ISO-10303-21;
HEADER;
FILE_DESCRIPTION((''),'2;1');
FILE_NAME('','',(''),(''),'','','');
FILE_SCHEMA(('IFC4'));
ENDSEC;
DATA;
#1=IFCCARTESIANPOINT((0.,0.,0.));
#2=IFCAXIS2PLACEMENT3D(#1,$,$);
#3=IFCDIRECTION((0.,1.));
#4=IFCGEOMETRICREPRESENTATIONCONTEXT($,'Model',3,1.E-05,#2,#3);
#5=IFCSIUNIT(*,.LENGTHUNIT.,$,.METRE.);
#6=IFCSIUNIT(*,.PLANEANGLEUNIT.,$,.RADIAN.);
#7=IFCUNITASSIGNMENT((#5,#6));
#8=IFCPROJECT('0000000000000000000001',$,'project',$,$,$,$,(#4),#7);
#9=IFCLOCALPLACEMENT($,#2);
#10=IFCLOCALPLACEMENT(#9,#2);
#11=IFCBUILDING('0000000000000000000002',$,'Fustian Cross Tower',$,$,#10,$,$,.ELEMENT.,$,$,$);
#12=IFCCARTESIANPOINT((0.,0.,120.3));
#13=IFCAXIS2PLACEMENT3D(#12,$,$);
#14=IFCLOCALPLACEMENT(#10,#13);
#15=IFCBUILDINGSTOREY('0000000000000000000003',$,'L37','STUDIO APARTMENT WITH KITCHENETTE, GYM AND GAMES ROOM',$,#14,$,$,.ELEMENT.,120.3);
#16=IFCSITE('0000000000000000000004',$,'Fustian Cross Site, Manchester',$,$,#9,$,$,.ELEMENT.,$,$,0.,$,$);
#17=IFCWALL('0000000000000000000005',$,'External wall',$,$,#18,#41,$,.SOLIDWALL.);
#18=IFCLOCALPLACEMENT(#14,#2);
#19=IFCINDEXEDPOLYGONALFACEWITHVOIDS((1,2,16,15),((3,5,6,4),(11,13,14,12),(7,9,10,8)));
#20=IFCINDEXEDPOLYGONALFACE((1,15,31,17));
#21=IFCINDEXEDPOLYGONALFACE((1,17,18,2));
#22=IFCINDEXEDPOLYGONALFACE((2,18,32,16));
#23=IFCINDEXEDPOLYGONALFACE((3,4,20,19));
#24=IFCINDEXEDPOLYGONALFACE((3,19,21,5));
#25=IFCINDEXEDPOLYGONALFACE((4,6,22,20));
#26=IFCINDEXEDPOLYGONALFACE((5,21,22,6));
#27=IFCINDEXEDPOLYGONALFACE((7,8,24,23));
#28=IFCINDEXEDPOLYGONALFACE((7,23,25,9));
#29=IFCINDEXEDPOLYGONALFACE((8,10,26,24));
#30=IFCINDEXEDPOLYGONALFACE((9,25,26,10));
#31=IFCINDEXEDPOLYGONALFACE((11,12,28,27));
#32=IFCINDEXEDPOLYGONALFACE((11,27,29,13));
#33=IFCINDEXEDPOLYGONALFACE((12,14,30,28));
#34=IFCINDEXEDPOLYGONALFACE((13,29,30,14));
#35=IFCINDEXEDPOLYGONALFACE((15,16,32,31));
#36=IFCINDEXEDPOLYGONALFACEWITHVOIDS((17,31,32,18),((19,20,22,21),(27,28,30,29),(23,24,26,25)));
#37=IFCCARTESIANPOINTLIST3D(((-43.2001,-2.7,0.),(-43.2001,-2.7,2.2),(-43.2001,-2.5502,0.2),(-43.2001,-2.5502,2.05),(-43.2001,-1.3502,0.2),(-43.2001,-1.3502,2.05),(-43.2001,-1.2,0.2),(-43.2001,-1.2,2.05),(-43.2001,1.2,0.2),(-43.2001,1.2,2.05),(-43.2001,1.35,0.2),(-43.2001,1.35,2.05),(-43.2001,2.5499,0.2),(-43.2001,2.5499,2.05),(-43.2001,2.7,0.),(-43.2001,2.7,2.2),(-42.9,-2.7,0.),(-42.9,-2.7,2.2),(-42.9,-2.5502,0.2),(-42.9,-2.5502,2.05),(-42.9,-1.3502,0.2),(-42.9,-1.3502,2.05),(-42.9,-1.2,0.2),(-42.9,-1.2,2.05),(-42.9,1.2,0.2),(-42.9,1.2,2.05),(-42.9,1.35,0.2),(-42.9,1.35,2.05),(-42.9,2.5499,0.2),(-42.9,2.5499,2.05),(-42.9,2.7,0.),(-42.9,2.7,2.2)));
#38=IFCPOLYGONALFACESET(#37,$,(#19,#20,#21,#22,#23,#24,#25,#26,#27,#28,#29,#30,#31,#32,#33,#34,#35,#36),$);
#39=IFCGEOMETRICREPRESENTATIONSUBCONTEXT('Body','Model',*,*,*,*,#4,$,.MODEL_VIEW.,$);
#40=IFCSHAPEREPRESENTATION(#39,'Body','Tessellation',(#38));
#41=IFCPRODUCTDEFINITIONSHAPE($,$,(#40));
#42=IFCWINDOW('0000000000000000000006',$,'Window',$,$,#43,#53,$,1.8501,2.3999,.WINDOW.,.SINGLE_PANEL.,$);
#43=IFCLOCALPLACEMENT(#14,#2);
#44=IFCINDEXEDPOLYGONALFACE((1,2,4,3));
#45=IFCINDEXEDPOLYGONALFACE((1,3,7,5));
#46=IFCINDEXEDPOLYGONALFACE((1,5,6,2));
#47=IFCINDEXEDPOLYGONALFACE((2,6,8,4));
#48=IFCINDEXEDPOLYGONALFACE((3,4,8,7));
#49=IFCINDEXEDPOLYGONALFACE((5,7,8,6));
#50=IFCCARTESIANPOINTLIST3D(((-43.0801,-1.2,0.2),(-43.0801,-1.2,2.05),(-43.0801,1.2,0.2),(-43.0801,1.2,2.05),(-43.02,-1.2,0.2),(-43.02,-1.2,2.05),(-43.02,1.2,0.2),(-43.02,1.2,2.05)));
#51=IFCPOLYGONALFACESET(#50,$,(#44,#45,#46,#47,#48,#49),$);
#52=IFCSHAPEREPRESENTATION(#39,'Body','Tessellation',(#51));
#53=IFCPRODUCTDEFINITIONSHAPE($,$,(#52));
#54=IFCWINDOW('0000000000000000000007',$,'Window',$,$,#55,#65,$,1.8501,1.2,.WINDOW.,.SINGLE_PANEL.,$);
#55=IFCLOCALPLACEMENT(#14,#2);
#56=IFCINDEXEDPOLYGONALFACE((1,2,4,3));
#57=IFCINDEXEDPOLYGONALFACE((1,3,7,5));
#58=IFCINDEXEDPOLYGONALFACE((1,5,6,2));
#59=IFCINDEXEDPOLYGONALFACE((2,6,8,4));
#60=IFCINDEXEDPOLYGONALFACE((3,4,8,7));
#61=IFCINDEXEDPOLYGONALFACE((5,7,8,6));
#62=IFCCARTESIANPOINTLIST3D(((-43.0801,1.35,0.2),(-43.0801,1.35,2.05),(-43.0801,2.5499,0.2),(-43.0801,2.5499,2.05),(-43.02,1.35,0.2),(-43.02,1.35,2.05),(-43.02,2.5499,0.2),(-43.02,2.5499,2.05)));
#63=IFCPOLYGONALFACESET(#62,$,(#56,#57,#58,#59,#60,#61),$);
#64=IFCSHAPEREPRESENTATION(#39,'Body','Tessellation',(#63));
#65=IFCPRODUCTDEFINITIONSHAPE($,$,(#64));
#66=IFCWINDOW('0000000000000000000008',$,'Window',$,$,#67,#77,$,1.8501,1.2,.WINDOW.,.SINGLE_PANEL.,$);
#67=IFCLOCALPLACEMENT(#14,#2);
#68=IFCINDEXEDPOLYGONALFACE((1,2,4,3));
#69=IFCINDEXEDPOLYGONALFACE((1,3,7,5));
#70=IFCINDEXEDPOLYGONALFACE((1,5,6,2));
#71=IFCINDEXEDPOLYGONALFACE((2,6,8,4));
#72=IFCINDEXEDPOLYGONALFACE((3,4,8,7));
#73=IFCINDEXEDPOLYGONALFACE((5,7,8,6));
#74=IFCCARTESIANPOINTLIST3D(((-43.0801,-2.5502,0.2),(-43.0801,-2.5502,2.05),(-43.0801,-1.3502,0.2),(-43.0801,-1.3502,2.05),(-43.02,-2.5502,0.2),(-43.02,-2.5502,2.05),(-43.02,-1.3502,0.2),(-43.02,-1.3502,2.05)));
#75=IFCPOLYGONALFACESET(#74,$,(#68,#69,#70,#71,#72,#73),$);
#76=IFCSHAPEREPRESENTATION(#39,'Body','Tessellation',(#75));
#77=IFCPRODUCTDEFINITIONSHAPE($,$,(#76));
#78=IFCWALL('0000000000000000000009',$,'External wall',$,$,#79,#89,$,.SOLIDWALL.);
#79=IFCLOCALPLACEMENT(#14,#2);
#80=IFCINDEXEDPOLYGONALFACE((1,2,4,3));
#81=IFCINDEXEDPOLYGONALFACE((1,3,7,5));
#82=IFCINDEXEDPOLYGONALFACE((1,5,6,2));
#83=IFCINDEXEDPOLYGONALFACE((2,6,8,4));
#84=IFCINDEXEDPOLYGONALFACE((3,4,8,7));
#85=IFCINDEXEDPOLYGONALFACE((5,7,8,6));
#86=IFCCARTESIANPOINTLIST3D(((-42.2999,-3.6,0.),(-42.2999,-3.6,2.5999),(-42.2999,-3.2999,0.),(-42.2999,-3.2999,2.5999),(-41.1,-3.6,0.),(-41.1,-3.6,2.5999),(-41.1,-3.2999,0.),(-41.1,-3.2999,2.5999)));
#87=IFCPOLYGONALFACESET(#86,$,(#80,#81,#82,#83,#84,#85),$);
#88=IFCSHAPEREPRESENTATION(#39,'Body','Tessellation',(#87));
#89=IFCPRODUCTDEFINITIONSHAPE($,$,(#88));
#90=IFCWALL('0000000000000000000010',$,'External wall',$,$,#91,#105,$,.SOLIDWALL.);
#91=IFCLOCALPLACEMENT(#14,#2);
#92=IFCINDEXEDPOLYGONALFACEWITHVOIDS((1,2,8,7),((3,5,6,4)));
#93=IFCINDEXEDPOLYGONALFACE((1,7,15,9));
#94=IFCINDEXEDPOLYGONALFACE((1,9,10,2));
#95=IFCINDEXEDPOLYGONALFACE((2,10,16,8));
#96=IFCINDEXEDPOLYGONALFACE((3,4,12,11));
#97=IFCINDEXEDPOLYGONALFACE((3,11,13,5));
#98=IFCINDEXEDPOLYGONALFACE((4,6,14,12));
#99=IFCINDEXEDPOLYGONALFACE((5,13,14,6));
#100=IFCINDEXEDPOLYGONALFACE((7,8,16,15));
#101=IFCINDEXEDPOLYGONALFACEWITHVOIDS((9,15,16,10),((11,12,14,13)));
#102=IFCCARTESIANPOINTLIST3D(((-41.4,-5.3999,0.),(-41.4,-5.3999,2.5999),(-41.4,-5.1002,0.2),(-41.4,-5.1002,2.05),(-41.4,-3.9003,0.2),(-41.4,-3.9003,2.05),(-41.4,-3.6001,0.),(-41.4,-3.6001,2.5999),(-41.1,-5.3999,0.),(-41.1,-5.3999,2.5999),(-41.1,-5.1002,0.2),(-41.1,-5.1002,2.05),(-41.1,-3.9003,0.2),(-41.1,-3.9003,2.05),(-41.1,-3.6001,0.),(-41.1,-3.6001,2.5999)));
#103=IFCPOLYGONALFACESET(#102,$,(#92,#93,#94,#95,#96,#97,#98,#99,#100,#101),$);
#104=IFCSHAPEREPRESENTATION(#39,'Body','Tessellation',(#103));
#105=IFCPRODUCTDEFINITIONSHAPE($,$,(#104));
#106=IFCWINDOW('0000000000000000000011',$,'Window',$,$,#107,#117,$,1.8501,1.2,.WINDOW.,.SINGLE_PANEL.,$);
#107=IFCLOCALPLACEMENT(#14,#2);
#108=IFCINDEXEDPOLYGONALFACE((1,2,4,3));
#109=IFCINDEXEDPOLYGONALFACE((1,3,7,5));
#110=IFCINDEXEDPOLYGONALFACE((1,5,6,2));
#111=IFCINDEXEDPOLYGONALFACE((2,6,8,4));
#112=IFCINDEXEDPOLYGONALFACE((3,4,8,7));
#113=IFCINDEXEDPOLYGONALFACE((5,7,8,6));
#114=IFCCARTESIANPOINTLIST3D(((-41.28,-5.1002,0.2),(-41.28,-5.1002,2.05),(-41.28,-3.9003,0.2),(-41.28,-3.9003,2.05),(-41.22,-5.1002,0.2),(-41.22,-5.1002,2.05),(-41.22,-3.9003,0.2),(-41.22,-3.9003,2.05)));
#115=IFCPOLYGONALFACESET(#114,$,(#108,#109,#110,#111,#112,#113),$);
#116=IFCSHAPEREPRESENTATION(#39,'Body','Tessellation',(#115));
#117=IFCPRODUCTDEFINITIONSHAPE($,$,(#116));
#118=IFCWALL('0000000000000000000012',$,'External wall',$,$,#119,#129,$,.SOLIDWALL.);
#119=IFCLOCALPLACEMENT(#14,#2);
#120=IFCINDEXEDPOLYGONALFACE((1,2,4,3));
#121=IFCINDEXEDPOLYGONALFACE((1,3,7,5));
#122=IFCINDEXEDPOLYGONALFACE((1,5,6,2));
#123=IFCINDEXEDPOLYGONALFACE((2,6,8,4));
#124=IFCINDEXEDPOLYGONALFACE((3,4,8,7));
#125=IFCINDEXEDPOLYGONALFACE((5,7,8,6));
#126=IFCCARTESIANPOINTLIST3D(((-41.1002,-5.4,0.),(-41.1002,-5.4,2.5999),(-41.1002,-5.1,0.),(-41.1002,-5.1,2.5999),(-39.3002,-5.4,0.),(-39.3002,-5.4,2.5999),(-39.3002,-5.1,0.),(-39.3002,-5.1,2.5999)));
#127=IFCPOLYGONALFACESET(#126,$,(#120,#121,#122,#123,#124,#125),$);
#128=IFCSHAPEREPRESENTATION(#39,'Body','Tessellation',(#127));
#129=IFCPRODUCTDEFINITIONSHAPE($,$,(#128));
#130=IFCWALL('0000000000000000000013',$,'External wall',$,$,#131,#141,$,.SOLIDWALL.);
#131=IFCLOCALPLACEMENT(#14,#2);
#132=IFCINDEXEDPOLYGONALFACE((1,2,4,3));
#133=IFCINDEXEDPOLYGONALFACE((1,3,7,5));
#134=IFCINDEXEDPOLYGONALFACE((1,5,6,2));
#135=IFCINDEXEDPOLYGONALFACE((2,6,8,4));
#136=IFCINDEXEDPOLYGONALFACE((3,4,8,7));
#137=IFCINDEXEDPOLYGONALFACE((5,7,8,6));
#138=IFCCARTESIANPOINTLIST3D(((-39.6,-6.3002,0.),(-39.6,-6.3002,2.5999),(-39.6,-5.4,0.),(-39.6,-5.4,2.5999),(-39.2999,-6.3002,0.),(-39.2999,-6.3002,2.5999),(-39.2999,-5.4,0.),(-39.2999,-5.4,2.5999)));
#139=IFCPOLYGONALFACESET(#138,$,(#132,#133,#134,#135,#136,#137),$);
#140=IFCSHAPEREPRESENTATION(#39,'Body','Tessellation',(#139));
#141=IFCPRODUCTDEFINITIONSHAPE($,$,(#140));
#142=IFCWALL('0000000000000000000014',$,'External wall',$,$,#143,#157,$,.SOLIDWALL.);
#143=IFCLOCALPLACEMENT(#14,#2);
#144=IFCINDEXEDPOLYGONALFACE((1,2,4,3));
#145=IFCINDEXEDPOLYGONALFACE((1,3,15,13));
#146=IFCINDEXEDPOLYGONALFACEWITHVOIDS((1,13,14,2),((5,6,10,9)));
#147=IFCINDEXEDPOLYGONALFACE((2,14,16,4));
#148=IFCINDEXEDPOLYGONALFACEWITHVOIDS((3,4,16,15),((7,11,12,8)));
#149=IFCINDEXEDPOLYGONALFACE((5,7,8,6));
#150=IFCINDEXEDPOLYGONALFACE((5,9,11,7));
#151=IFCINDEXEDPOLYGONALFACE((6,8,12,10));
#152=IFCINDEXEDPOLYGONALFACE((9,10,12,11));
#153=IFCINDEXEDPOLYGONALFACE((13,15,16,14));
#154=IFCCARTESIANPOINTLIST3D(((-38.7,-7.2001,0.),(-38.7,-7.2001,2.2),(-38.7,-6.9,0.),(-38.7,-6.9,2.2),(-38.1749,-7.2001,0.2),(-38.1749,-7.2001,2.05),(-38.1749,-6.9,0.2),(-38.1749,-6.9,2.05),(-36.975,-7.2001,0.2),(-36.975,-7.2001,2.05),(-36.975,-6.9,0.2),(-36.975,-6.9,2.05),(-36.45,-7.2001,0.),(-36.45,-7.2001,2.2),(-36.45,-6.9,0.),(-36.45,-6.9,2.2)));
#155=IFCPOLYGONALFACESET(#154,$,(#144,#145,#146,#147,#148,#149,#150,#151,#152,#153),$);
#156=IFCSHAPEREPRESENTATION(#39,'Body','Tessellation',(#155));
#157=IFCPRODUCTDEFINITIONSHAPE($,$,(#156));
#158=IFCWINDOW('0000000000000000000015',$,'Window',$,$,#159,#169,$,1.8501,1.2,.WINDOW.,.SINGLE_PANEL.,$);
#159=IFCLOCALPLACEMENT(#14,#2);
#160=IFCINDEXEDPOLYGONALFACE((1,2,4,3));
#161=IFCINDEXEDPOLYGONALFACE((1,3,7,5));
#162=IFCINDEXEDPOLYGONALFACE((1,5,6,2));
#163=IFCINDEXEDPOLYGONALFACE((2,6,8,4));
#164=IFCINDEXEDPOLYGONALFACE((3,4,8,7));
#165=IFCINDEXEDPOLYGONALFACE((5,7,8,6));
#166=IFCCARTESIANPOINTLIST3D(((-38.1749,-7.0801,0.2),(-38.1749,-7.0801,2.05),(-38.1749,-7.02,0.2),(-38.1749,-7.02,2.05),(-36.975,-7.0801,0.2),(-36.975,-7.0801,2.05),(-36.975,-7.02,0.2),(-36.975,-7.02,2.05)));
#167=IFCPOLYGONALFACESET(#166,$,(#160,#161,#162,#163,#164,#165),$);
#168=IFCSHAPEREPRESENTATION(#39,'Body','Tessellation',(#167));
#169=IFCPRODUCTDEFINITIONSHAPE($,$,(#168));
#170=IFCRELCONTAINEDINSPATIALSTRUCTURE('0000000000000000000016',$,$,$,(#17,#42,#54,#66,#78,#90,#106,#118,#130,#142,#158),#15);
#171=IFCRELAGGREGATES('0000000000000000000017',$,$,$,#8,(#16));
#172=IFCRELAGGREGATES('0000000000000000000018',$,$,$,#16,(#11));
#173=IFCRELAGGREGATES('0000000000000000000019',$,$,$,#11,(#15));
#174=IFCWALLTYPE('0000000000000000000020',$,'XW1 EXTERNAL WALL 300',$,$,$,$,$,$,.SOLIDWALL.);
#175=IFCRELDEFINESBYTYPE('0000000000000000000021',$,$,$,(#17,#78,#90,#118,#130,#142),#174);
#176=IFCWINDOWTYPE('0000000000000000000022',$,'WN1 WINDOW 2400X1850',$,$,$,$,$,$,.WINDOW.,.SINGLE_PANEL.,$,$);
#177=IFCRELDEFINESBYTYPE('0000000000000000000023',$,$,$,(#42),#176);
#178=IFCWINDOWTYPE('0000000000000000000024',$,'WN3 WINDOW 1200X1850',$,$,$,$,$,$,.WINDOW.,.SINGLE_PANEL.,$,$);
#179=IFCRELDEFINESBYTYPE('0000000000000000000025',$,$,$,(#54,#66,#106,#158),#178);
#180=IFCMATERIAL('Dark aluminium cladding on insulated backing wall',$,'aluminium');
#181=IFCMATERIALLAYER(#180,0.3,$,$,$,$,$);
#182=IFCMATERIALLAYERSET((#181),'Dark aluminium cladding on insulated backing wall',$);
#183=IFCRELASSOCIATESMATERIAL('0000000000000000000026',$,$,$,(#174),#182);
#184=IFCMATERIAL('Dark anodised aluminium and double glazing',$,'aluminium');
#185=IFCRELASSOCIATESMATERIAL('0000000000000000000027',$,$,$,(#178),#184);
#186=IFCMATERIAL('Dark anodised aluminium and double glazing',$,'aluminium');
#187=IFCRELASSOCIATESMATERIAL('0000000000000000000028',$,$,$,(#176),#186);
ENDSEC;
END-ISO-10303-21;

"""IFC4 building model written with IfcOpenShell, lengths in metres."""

from ifc_helpers import new_model, si_unit, direction, frame, frame_2d, origin, place, context, subcontext, project, spatial, rectangle, extrude, material, layer, layer_set, type_object, element, fill, save


model = new_model("IFC4")

# Units and contexts
model_context = context("Model", 3, precision=1e-05, world=origin(), true_north=direction((0.0, 1.0)))
body_context = subcontext(model_context, "Body", "Model", "MODEL_VIEW")
ifc_project = project(units=[si_unit("LENGTHUNIT", "METRE"), si_unit("PLANEANGLEUNIT", "RADIAN")], contexts=[model_context])

# Site, building, storey
site_placement = place(None, origin())
site = spatial("IfcSite", under=ifc_project, at=site_placement, Name="Fustian Cross Site, Manchester", CompositionType="ELEMENT", RefElevation=0.0)
building_placement = place(site_placement, origin())
building = spatial("IfcBuilding", under=site, at=building_placement, Name="Fustian Cross Tower", CompositionType="ELEMENT")
storey_placement = place(building_placement, frame((0.0, 0.0, 120.3)))
storey = spatial("IfcBuildingStorey", under=building, at=storey_placement, Name="L37", Description="STUDIO APARTMENT WITH KITCHENETTE, GYM AND GAMES ROOM", CompositionType="ELEMENT", Elevation=120.3)

# Shared definitions
ifc_material_1 = material(Name="Dark aluminium cladding on insulated backing wall", Category="aluminium")
ifc_layer_1 = layer(ifc_material_1, 0.3)
ifc_layer_set_1 = layer_set([ifc_layer_1], Name="Dark aluminium cladding on insulated backing wall")
wall_type_1 = type_object("IfcWallType", Name="XW1 EXTERNAL WALL 300", PredefinedType="SOLIDWALL", material=ifc_layer_set_1)

# Shared definitions
ifc_material_2 = material(Name="Dark anodised aluminium and double glazing", Category="aluminium")
window_type_1 = type_object("IfcWindowType", Name="WN3 WINDOW 1200X1850", PartitioningType="SINGLE_PANEL", PredefinedType="WINDOW", material=ifc_material_2)

# Wall, openings, windows
wall_1_placement = place(storey_placement, frame((-43.05, 2.7, 0.0), z_axis=(0.0, 0.0, 1.0), x_axis=(0.0, -1.0, 0.0)))
wall_1 = element("IfcWall", 1, at=wall_1_placement, inside=storey, type_object=wall_type_1, Name="External wall", PredefinedType="SOLIDWALL", context=body_context, shape_type="SweptSolid", body=[
    extrude(rectangle(XDim=5.3999, YDim=0.3, at=frame_2d((2.7, 0.0))), origin(), (0.0, 0.0, 1.0), 2.2),
])
opening_1_placement = place(wall_1_placement, frame((1.5, 0.0, 0.2)))
opening_1 = element("IfcOpeningElement", 2, at=opening_1_placement, cuts=wall_1, PredefinedType="OPENING", context=body_context, shape_type="SweptSolid", body=[
    extrude(rectangle(XDim=2.3999, YDim=1.8501, at=frame_2d((1.2, 0.925))), frame((0.0, 0.1599, 0.0), z_axis=(0.0, -1.0, 0.0), x_axis=(1.0, 0.0, 0.0)), (0.0, 0.0, 1.0), 0.3201),
])
opening_2_placement = place(wall_1_placement, frame((0.1499, 0.0, 0.2)))
opening_2 = element("IfcOpeningElement", 3, at=opening_2_placement, cuts=wall_1, PredefinedType="OPENING", context=body_context, shape_type="SweptSolid", body=[
    extrude(rectangle(XDim=1.2, YDim=1.8501, at=frame_2d((0.6001, 0.925))), frame((0.0, 0.1599, 0.0), z_axis=(0.0, -1.0, 0.0), x_axis=(1.0, 0.0, 0.0)), (0.0, 0.0, 1.0), 0.3201),
])
opening_3_placement = place(wall_1_placement, frame((4.05, 0.0, 0.2)))
opening_3 = element("IfcOpeningElement", 4, at=opening_3_placement, cuts=wall_1, PredefinedType="OPENING", context=body_context, shape_type="SweptSolid", body=[
    extrude(rectangle(XDim=1.2, YDim=1.8501, at=frame_2d((0.6001, 0.925))), frame((0.0, 0.1599, 0.0), z_axis=(0.0, -1.0, 0.0), x_axis=(1.0, 0.0, 0.0)), (0.0, 0.0, 1.0), 0.3201),
])
ifc_material_3 = material(Name="Dark anodised aluminium and double glazing", Category="aluminium")
window_type_2 = type_object("IfcWindowType", Name="WN1 WINDOW 2400X1850", PartitioningType="SINGLE_PANEL", PredefinedType="WINDOW", material=ifc_material_3)
window_1_placement = place(opening_1_placement, origin())
window_1 = element("IfcWindow", 5, at=window_1_placement, inside=storey, type_object=window_type_2, Name="Window", OverallHeight=1.8501, OverallWidth=2.3999, PartitioningType="SINGLE_PANEL", PredefinedType="WINDOW", context=body_context, shape_type="SweptSolid", body=[
    extrude(rectangle(XDim=2.3999, YDim=1.8501, at=frame_2d((1.2, 0.925))), frame((0.0, 0.03, 0.0), z_axis=(0.0, -1.0, 0.0), x_axis=(1.0, 0.0, 0.0)), (0.0, 0.0, 1.0), 0.0601),
])
fill(opening_1, window_1)
window_2_placement = place(opening_2_placement, origin())
window_2 = element("IfcWindow", 6, at=window_2_placement, inside=storey, type_object=window_type_1, Name="Window", OverallHeight=1.8501, OverallWidth=1.2, PartitioningType="SINGLE_PANEL", PredefinedType="WINDOW", context=body_context, shape_type="SweptSolid", body=[
    extrude(rectangle(XDim=1.2, YDim=1.8501, at=frame_2d((0.6001, 0.925))), frame((0.0, 0.03, 0.0), z_axis=(0.0, -1.0, 0.0), x_axis=(1.0, 0.0, 0.0)), (0.0, 0.0, 1.0), 0.0601),
])
fill(opening_2, window_2)
window_3_placement = place(opening_3_placement, origin())
window_3 = element("IfcWindow", 7, at=window_3_placement, inside=storey, type_object=window_type_1, Name="Window", OverallHeight=1.8501, OverallWidth=1.2, PartitioningType="SINGLE_PANEL", PredefinedType="WINDOW", context=body_context, shape_type="SweptSolid", body=[
    extrude(rectangle(XDim=1.2, YDim=1.8501, at=frame_2d((0.6001, 0.925))), frame((0.0, 0.03, 0.0), z_axis=(0.0, -1.0, 0.0), x_axis=(1.0, 0.0, 0.0)), (0.0, 0.0, 1.0), 0.0601),
])
fill(opening_3, window_3)

# Wall
wall_2_placement = place(storey_placement, frame((-42.3, -3.45, 0.0), z_axis=(0.0, 0.0, 1.0), x_axis=(1.0, 0.0, 0.0)))
element("IfcWall", 8, at=wall_2_placement, inside=storey, type_object=wall_type_1, Name="External wall", PredefinedType="SOLIDWALL", context=body_context, shape_type="SweptSolid", body=[
    extrude(rectangle(XDim=1.2, YDim=0.3, at=frame_2d((0.6001, 0.0))), origin(), (0.0, 0.0, 1.0), 2.5999),
])

# Wall, opening, window
wall_3_placement = place(storey_placement, frame((-41.25, -3.6001, 0.0), z_axis=(0.0, 0.0, 1.0), x_axis=(0.0, -1.0, 0.0)))
wall_3 = element("IfcWall", 9, at=wall_3_placement, inside=storey, type_object=wall_type_1, Name="External wall", PredefinedType="SOLIDWALL", context=body_context, shape_type="SweptSolid", body=[
    extrude(rectangle(XDim=1.7998, YDim=0.3, at=frame_2d((0.8999, 0.0))), origin(), (0.0, 0.0, 1.0), 2.5999),
])
opening_4_placement = place(wall_3_placement, frame((0.3, 0.0, 0.2)))
opening_4 = element("IfcOpeningElement", 10, at=opening_4_placement, cuts=wall_3, PredefinedType="OPENING", context=body_context, shape_type="SweptSolid", body=[
    extrude(rectangle(XDim=1.2, YDim=1.8501, at=frame_2d((0.6001, 0.925))), frame((0.0, 0.1599, 0.0), z_axis=(0.0, -1.0, 0.0), x_axis=(1.0, 0.0, 0.0)), (0.0, 0.0, 1.0), 0.3201),
])
window_4_placement = place(opening_4_placement, origin())
window_4 = element("IfcWindow", 11, at=window_4_placement, inside=storey, type_object=window_type_1, Name="Window", OverallHeight=1.8501, OverallWidth=1.2, PartitioningType="SINGLE_PANEL", PredefinedType="WINDOW", context=body_context, shape_type="SweptSolid", body=[
    extrude(rectangle(XDim=1.2, YDim=1.8501, at=frame_2d((0.6001, 0.925))), frame((0.0, 0.03, 0.0), z_axis=(0.0, -1.0, 0.0), x_axis=(1.0, 0.0, 0.0)), (0.0, 0.0, 1.0), 0.0601),
])
fill(opening_4, window_4)

# Walls
wall_4_placement = place(storey_placement, frame((-41.1001, -5.25, 0.0), z_axis=(0.0, 0.0, 1.0), x_axis=(1.0, 0.0, 0.0)))
element("IfcWall", 12, at=wall_4_placement, inside=storey, type_object=wall_type_1, Name="External wall", PredefinedType="SOLIDWALL", context=body_context, shape_type="SweptSolid", body=[
    extrude(rectangle(XDim=1.8, YDim=0.3, at=frame_2d((0.8999, 0.0))), origin(), (0.0, 0.0, 1.0), 2.5999),
])
wall_5_placement = place(storey_placement, frame((-39.45, -5.3999, 0.0), z_axis=(0.0, 0.0, 1.0), x_axis=(0.0, -1.0, 0.0)))
element("IfcWall", 13, at=wall_5_placement, inside=storey, type_object=wall_type_1, Name="External wall", PredefinedType="SOLIDWALL", context=body_context, shape_type="SweptSolid", body=[
    extrude(rectangle(XDim=0.9001, YDim=0.3, at=frame_2d((0.4502, 0.0))), origin(), (0.0, 0.0, 1.0), 2.5999),
])

# Wall, opening, window
wall_6_placement = place(storey_placement, frame((-38.7, -7.05, 0.0), z_axis=(0.0, 0.0, 1.0), x_axis=(1.0, 0.0, 0.0)))
wall_6 = element("IfcWall", 14, at=wall_6_placement, inside=storey, type_object=wall_type_1, Name="External wall", PredefinedType="SOLIDWALL", context=body_context, shape_type="SweptSolid", body=[
    extrude(rectangle(XDim=2.25, YDim=0.3, at=frame_2d((1.125, 0.0))), origin(), (0.0, 0.0, 1.0), 2.2),
])
opening_5_placement = place(wall_6_placement, frame((0.5249, 0.0, 0.2)))
opening_5 = element("IfcOpeningElement", 15, at=opening_5_placement, cuts=wall_6, PredefinedType="OPENING", context=body_context, shape_type="SweptSolid", body=[
    extrude(rectangle(XDim=1.2, YDim=1.8501, at=frame_2d((0.6001, 0.925))), frame((0.0, 0.1599, 0.0), z_axis=(0.0, -1.0, 0.0), x_axis=(1.0, 0.0, 0.0)), (0.0, 0.0, 1.0), 0.3201),
])
window_5_placement = place(opening_5_placement, origin())
window_5 = element("IfcWindow", 16, at=window_5_placement, inside=storey, type_object=window_type_1, Name="Window", OverallHeight=1.8501, OverallWidth=1.2, PartitioningType="SINGLE_PANEL", PredefinedType="WINDOW", context=body_context, shape_type="SweptSolid", body=[
    extrude(rectangle(XDim=1.2, YDim=1.8501, at=frame_2d((0.6001, 0.925))), frame((0.0, 0.03, 0.0), z_axis=(0.0, -1.0, 0.0), x_axis=(1.0, 0.0, 0.0)), (0.0, 0.0, 1.0), 0.0601),
])
fill(opening_5, window_5)

save(model, "model.ifc")
